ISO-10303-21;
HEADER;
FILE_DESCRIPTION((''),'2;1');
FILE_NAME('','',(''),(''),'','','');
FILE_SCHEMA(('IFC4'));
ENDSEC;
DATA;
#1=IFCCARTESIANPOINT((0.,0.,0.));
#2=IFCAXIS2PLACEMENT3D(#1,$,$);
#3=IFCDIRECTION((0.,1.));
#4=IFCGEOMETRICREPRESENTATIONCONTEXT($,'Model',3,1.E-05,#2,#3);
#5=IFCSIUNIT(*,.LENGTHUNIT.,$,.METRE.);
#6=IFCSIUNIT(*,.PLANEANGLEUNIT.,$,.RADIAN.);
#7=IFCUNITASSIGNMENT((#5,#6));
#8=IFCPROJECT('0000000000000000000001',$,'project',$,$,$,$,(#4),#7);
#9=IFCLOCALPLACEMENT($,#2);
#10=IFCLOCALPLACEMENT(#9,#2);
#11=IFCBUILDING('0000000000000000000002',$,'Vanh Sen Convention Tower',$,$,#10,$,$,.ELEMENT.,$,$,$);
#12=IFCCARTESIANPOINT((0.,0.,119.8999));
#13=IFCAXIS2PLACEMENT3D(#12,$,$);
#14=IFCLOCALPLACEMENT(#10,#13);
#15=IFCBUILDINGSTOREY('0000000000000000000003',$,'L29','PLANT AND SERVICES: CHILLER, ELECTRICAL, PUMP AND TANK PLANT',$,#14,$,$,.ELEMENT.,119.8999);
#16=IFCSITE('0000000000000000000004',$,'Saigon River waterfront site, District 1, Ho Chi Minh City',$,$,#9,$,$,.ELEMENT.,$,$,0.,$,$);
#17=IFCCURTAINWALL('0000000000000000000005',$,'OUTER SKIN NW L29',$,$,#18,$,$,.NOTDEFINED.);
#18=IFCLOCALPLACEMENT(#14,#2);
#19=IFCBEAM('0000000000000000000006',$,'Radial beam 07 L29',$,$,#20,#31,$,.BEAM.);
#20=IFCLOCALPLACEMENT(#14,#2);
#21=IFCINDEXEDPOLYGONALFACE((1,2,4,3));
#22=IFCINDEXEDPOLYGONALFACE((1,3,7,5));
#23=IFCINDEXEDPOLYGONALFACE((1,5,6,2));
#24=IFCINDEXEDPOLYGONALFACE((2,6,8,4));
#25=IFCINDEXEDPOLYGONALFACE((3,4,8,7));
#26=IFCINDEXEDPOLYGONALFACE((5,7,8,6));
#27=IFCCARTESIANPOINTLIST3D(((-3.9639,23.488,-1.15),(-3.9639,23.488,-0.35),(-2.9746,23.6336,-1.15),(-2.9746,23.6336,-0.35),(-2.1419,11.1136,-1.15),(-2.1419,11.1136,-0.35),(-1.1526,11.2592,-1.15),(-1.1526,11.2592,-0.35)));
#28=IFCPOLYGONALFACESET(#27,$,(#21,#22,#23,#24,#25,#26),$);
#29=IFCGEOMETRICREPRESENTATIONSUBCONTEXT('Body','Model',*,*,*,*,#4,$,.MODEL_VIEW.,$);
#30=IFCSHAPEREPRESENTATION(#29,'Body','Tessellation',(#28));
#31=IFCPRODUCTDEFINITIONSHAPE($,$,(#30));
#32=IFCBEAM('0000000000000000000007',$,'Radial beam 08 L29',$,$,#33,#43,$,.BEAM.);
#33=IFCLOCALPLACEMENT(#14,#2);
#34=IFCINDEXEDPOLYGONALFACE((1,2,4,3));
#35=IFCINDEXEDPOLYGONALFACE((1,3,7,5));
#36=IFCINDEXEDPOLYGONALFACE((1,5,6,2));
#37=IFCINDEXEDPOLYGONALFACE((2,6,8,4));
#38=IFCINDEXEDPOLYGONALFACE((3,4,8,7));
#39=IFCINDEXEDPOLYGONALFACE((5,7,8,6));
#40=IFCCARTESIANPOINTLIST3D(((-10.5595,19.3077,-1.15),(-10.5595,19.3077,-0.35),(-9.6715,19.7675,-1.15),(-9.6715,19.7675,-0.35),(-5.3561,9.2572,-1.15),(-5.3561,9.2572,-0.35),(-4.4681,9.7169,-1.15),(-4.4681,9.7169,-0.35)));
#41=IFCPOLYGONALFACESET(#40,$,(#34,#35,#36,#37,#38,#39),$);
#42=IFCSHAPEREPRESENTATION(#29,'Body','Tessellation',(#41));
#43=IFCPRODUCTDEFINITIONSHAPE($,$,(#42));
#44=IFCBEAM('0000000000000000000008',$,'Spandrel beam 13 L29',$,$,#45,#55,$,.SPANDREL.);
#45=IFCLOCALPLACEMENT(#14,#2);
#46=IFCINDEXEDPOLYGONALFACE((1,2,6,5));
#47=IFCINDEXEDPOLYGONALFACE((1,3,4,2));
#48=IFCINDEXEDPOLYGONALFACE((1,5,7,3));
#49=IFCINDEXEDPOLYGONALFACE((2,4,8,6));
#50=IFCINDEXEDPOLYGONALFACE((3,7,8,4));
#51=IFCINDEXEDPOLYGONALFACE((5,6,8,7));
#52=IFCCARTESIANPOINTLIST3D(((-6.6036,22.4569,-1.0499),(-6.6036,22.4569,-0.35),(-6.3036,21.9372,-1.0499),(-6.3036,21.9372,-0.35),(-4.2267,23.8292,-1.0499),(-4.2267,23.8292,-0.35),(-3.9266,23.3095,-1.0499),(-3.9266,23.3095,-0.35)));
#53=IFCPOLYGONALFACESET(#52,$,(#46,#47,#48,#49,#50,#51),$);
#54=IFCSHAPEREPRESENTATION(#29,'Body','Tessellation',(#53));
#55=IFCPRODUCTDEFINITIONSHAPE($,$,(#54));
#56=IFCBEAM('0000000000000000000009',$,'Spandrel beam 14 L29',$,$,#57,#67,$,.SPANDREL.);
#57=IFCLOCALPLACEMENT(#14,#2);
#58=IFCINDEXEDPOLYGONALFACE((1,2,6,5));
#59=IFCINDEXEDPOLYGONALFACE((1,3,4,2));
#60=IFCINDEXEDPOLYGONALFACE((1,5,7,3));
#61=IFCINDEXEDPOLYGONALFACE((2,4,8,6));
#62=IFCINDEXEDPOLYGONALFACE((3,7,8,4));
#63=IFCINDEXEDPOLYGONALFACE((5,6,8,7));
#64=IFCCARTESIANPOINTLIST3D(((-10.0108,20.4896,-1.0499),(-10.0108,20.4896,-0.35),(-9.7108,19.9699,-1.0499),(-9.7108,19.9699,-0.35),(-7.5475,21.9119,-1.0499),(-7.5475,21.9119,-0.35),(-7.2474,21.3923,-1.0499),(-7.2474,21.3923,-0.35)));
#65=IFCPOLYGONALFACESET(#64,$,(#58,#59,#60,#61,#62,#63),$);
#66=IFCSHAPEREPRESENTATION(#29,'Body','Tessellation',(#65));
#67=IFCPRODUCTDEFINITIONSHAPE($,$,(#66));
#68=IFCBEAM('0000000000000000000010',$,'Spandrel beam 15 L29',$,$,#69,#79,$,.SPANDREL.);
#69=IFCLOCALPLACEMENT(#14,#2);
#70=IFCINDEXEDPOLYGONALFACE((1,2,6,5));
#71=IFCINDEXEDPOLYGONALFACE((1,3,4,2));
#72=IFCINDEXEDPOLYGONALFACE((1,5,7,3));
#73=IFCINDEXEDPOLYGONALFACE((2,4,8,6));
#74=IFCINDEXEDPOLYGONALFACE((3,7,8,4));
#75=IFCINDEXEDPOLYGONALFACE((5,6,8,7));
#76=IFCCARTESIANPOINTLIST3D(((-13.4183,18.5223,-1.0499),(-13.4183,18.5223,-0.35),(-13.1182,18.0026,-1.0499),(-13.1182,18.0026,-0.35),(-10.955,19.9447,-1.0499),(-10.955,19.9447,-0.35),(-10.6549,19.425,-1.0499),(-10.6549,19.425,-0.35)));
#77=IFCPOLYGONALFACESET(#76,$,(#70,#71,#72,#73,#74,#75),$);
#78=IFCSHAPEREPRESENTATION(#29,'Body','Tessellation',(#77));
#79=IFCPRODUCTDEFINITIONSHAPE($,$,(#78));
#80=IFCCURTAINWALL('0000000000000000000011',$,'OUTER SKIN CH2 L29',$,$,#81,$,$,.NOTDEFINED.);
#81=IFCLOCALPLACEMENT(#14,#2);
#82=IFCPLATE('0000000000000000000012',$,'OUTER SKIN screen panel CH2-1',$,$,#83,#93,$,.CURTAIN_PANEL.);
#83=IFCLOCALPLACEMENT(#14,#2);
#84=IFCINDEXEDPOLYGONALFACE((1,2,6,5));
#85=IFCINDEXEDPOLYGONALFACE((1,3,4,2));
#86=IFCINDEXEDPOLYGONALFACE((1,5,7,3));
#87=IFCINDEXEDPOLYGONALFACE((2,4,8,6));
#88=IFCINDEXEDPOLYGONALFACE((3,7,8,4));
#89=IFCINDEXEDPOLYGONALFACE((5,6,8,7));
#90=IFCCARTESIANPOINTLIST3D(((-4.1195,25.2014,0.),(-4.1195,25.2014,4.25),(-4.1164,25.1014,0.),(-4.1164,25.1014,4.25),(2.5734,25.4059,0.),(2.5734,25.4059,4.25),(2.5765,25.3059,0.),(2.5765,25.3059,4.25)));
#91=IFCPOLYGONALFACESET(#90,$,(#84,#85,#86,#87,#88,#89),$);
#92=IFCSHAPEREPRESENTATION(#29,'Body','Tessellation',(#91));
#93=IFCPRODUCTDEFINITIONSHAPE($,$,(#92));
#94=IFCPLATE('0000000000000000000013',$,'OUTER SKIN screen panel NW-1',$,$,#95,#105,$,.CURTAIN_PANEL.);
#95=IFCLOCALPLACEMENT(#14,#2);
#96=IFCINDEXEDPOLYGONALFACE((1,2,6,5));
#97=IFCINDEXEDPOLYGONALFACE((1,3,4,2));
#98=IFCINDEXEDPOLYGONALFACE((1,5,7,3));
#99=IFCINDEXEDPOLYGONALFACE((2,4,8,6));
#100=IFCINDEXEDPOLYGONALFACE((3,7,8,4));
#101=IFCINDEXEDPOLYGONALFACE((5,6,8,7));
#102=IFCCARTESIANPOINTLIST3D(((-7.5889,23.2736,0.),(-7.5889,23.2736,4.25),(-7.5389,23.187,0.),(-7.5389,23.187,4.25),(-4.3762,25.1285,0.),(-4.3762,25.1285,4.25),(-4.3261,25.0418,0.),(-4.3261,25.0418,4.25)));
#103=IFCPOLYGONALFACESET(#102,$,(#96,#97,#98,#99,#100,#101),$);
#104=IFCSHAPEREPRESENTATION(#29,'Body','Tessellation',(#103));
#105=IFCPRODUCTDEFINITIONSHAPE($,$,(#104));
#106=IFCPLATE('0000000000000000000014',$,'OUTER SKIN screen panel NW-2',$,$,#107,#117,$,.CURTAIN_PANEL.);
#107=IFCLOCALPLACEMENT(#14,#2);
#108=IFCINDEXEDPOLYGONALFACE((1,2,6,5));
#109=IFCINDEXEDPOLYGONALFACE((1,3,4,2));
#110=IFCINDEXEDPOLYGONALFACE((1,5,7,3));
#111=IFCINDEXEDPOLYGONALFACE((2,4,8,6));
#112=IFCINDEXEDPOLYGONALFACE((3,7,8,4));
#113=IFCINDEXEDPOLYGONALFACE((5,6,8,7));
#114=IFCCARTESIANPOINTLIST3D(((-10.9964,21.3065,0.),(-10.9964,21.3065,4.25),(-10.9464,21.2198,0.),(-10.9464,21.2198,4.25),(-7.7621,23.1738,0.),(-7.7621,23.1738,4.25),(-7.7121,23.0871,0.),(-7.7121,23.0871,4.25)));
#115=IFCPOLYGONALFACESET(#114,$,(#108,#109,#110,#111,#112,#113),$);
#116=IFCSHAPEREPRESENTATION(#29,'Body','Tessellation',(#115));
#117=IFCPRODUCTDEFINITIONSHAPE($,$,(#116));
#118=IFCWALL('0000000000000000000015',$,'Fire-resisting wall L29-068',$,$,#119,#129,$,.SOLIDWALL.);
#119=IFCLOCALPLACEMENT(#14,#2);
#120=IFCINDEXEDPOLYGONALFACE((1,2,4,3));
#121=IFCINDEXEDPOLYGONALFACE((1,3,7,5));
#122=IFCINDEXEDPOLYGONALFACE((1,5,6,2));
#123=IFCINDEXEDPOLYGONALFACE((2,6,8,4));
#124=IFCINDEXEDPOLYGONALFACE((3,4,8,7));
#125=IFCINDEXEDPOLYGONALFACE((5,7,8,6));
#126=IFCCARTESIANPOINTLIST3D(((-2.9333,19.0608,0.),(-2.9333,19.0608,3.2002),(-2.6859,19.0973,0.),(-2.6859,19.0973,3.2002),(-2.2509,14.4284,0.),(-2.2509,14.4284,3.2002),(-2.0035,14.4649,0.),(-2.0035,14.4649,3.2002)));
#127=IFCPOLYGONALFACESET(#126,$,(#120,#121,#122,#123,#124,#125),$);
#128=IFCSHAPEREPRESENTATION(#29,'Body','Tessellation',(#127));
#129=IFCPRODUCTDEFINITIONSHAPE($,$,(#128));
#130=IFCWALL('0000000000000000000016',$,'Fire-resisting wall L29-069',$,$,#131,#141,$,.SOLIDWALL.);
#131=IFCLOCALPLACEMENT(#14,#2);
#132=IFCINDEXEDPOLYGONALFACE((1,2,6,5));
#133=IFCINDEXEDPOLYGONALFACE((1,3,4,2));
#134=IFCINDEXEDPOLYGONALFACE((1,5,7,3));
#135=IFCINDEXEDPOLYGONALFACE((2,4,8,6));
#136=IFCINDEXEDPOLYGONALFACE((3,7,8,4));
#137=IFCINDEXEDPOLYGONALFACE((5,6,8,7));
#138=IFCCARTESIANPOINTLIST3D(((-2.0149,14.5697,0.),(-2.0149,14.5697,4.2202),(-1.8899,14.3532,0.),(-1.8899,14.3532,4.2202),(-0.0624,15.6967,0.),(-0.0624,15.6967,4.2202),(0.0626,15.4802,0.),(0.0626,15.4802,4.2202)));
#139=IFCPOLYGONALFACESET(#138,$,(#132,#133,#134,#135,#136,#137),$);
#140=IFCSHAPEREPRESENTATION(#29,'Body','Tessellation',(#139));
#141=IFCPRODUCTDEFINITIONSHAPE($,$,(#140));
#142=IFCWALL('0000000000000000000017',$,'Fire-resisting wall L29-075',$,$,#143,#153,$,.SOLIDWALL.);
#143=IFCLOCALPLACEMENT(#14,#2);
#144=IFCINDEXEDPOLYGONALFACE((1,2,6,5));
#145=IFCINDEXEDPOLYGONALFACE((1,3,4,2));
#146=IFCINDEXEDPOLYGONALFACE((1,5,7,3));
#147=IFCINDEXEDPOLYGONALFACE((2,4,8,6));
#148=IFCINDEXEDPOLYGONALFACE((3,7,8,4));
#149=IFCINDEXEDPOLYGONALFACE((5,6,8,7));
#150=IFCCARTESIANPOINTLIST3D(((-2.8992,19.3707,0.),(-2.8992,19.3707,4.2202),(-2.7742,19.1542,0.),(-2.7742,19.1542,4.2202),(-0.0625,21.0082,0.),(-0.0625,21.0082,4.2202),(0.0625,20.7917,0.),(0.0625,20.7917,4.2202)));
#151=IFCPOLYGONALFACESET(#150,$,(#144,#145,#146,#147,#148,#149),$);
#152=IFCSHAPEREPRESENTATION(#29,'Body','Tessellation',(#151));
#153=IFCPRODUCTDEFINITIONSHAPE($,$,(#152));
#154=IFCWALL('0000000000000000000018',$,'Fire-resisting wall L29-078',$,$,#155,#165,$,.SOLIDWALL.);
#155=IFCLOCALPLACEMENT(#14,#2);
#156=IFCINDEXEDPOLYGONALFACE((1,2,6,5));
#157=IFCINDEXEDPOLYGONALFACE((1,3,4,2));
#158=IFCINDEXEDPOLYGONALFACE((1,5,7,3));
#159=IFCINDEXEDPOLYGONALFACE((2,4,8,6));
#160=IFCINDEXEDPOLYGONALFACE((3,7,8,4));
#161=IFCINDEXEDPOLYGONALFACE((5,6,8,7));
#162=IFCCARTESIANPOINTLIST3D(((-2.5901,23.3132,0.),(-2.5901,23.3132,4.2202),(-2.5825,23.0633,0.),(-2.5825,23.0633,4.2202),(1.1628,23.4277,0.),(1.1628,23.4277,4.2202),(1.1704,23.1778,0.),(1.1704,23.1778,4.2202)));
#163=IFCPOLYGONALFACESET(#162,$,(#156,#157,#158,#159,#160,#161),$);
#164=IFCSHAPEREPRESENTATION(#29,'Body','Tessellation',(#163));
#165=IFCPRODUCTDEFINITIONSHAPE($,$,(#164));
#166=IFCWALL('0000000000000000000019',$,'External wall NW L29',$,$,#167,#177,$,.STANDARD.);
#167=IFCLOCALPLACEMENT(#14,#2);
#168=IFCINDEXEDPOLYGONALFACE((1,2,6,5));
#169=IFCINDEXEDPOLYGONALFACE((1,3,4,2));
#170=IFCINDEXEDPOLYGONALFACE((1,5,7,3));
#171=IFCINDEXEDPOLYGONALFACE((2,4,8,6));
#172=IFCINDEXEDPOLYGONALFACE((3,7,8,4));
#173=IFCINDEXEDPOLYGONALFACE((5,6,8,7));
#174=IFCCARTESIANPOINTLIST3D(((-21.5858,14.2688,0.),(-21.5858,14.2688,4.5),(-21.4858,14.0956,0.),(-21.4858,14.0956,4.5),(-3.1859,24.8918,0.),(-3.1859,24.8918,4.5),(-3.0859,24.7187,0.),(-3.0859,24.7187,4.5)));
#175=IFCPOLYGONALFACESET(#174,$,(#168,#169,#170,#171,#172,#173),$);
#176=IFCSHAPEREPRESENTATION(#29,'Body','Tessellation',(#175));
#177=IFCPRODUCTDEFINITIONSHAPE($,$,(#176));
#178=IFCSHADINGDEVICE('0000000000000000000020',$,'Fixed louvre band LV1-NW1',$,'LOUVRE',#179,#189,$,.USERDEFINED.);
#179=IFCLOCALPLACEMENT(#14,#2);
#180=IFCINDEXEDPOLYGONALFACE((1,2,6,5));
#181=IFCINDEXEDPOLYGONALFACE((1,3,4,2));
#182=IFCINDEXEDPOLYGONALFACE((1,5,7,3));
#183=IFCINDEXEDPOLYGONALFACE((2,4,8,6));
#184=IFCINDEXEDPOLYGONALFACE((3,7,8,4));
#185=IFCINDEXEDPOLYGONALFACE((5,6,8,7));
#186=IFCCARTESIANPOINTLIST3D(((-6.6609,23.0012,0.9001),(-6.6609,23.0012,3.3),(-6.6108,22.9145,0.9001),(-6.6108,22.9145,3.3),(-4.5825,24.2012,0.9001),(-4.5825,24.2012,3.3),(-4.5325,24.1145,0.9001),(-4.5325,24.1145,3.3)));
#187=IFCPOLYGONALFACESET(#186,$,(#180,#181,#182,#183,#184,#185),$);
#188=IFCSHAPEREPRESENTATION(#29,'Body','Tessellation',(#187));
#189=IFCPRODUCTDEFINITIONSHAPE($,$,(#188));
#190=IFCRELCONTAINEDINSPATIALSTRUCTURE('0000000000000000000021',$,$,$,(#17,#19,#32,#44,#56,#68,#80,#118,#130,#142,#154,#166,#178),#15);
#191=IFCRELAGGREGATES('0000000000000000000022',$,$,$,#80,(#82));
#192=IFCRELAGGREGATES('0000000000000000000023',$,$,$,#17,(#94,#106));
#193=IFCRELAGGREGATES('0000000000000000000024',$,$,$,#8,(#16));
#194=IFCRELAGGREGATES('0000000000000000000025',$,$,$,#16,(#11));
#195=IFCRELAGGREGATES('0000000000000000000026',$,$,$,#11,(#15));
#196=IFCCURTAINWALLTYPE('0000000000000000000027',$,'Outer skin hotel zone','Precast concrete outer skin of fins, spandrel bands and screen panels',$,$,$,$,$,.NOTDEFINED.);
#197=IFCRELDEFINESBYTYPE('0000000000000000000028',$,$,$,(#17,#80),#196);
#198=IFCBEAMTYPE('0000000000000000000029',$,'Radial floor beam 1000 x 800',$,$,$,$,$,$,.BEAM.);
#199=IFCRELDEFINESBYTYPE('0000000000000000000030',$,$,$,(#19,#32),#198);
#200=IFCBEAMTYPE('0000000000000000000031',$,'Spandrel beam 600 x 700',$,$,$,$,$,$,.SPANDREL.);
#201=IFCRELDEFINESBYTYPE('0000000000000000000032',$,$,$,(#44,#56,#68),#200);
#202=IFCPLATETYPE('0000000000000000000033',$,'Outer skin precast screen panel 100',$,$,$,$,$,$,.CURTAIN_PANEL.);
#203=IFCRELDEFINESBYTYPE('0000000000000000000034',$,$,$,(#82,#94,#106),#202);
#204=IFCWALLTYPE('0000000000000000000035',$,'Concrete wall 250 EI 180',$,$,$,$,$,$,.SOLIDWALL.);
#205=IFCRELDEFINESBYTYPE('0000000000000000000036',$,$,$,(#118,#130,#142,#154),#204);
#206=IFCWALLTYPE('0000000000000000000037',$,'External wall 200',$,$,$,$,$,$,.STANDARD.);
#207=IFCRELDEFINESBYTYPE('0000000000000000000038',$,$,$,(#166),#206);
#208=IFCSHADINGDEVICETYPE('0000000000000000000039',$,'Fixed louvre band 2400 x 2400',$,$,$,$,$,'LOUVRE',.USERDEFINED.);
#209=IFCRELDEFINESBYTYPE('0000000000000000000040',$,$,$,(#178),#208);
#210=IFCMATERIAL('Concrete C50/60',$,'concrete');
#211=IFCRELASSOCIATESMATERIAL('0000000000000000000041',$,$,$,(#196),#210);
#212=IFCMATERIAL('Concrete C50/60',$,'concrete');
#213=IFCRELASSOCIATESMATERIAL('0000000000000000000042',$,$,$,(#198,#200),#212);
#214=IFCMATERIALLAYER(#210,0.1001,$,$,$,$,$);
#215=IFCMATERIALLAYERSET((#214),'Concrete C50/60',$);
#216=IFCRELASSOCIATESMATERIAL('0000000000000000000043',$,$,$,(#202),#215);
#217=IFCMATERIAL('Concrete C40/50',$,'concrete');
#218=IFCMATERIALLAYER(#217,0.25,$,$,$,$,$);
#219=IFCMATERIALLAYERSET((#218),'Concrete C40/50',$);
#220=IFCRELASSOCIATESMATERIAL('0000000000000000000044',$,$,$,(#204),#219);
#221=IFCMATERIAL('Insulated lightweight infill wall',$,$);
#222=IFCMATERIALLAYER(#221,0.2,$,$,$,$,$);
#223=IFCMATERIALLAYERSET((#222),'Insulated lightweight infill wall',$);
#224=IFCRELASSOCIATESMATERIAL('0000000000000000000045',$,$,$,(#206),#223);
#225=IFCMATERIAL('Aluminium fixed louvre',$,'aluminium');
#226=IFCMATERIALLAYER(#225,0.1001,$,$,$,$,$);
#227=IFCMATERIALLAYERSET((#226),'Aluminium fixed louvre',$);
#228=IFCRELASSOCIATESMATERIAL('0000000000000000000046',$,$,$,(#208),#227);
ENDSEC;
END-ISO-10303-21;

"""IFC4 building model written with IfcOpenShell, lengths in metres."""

from ifc_helpers import new_model, si_unit, direction, frame, frame_2d, origin, origin_2d, place, context, subcontext, project, spatial, rectangle, extrude, material, layer, layer_set, material_profile, profile_set, type_object, element, aggregate, save


model = new_model("IFC4")

# Units and contexts
model_context = context("Model", 3, precision=1e-05, world=origin(), true_north=direction((0.0, 1.0)))
body_context = subcontext(model_context, "Body", "Model", "MODEL_VIEW")
ifc_project = project(units=[si_unit("LENGTHUNIT", "METRE"), si_unit("PLANEANGLEUNIT", "RADIAN")], contexts=[model_context])

# Site, building, storey
site_placement = place(None, origin())
site = spatial("IfcSite", under=ifc_project, at=site_placement, Name="Saigon River waterfront site, District 1, Ho Chi Minh City", CompositionType="ELEMENT", RefElevation=0.0)
building_placement = place(site_placement, origin())
building = spatial("IfcBuilding", under=site, at=building_placement, Name="Vanh Sen Convention Tower", CompositionType="ELEMENT")
storey_placement = place(building_placement, frame((0.0, 0.0, 119.8999)))
storey = spatial("IfcBuildingStorey", under=building, at=storey_placement, Name="L29", Description="PLANT AND SERVICES: CHILLER, ELECTRICAL, PUMP AND TANK PLANT", CompositionType="ELEMENT", Elevation=119.8999)

# Curtain wall
ifc_material_1 = material(Name="Concrete C50/60", Category="concrete")
curtain_wall_type = type_object("IfcCurtainWallType", Name="Outer skin hotel zone", Description="Precast concrete outer skin of fins, spandrel bands and screen panels", PredefinedType="NOTDEFINED", material=ifc_material_1)
curtain_wall_1_placement = place(storey_placement, origin())
curtain_wall_1 = element("IfcCurtainWall", 1, at=curtain_wall_1_placement, inside=storey, type_object=curtain_wall_type, Name="OUTER SKIN NW L29", PredefinedType="NOTDEFINED")

# Beams
ifc_material_2 = material(Name="Concrete C50/60", Category="concrete")
ifc_material_profile_1 = material_profile(ifc_material_2, rectangle(XDim=1.0, YDim=0.8, at=origin_2d()), Name="RC 1000X800")
ifc_profile_set_1 = profile_set([ifc_material_profile_1], Name="Concrete C50/60")
beam_type_1 = type_object("IfcBeamType", Name="Radial floor beam 1000 x 800", PredefinedType="BEAM", material=ifc_profile_set_1)
beam_1_placement = place(storey_placement, frame((-3.4692, 23.5608, -0.75), z_axis=(0.145669, -0.989333, 0.0), x_axis=(0.989333, 0.145669, 0.0)))
element("IfcBeam", 2, at=beam_1_placement, inside=storey, type_object=beam_type_1, Name="Radial beam 07 L29", PredefinedType="BEAM", context=body_context, shape_type="SweptSolid", body=[
    extrude(rectangle(XDim=1.0, YDim=0.8, at=origin_2d()), origin(), (0.0, 0.0, 1.0), 12.5078),
])
beam_2_placement = place(storey_placement, frame((-10.1155, 19.5376, -0.75), z_axis=(0.459759, -0.888044, 0.0), x_axis=(0.888044, 0.459759, 0.0)))
element("IfcBeam", 3, at=beam_2_placement, inside=storey, type_object=beam_type_1, Name="Radial beam 08 L29", PredefinedType="BEAM", context=body_context, shape_type="SweptSolid", body=[
    extrude(rectangle(XDim=1.0, YDim=0.8, at=origin_2d()), origin(), (0.0, 0.0, 1.0), 11.3176),
])
ifc_material_profile_2 = material_profile(ifc_material_2, rectangle(XDim=0.6001, YDim=0.7, at=origin_2d()), Name="RC 600X700")
ifc_profile_set_2 = profile_set([ifc_material_profile_2], Name="Concrete C50/60")
beam_type_2 = type_object("IfcBeamType", Name="Spandrel beam 600 x 700", PredefinedType="SPANDREL", material=ifc_profile_set_2)
beam_3_placement = place(storey_placement, frame((-4.0767, 23.5693, -0.7), z_axis=(-0.866029, -0.499995, 0.0), x_axis=(0.499995, -0.866029, 0.0)))
element("IfcBeam", 4, at=beam_3_placement, inside=storey, type_object=beam_type_2, Name="Spandrel beam 13 L29", PredefinedType="SPANDREL", context=body_context, shape_type="SweptSolid", body=[
    extrude(rectangle(XDim=0.6001, YDim=0.7, at=origin_2d()), origin(), (0.0, 0.0, 1.0), 2.7446),
])
for number, where, z_axis, x_axis, name in (
    (5, (-7.3975, 21.6521, -0.7), (-0.866005, -0.500034, 0.0), (0.500034, -0.866005, 0.0), "Spandrel beam 14 L29"),
    (6, (-10.8049, 19.6848, -0.7), (-0.866005, -0.500034, 0.0), (0.500034, -0.866005, 0.0), "Spandrel beam 15 L29"),
):
    element("IfcBeam", number, at=place(storey_placement, frame(where, z_axis=z_axis, x_axis=x_axis)), inside=storey, type_object=beam_type_2, Name=name, PredefinedType="SPANDREL", context=body_context, shape_type="SweptSolid", body=[
        extrude(rectangle(XDim=0.6001, YDim=0.7, at=origin_2d()), origin(), (0.0, 0.0, 1.0), 2.8445),
    ])

# Curtain wall, plate
curtain_wall_2_placement = place(storey_placement, origin())
curtain_wall_2 = element("IfcCurtainWall", 7, at=curtain_wall_2_placement, inside=storey, type_object=curtain_wall_type, Name="OUTER SKIN CH2 L29", PredefinedType="NOTDEFINED")
ifc_layer_1 = layer(ifc_material_1, 0.1001)
ifc_layer_set_1 = layer_set([ifc_layer_1], Name="Concrete C50/60")
plate_type = type_object("IfcPlateType", Name="Outer skin precast screen panel 100", PredefinedType="CURTAIN_PANEL", material=ifc_layer_set_1)
plate_1_placement = place(storey_placement, frame((-0.7715, 25.2537, 0.0), z_axis=(0.0, 0.0, 1.0), x_axis=(-0.999534, -0.030537, 0.0)))
plate_1 = element("IfcPlate", 8, at=plate_1_placement, type_object=plate_type, Name="OUTER SKIN screen panel CH2-1", PredefinedType="CURTAIN_PANEL", context=body_context, shape_type="SweptSolid", body=[
    extrude(rectangle(XDim=6.696, YDim=0.1001, at=origin_2d()), origin(), (0.0, 0.0, 1.0), 4.25),
])
aggregate(curtain_wall_2, [plate_1])

# Plates
plate_2_placement = place(storey_placement, frame((-5.9575, 24.1577, 0.0), z_axis=(0.0, 0.0, 1.0), x_axis=(-0.866028, -0.499995, 0.0)))
plate_2 = element("IfcPlate", 9, at=plate_2_placement, type_object=plate_type, Name="OUTER SKIN screen panel NW-1", PredefinedType="CURTAIN_PANEL", context=body_context, shape_type="SweptSolid", body=[
    extrude(rectangle(XDim=3.7097, YDim=0.1001, at=origin_2d()), origin(), (0.0, 0.0, 1.0), 4.25),
])
plate_3_placement = place(storey_placement, frame((-9.3542, 22.1968, 0.0), z_axis=(0.0, 0.0, 1.0), x_axis=(-0.866021, -0.500008, 0.0)))
plate_3 = element("IfcPlate", 10, at=plate_3_placement, type_object=plate_type, Name="OUTER SKIN screen panel NW-2", PredefinedType="CURTAIN_PANEL", context=body_context, shape_type="SweptSolid", body=[
    extrude(rectangle(XDim=3.7346, YDim=0.1001, at=origin_2d()), origin(), (0.0, 0.0, 1.0), 4.25),
])
aggregate(curtain_wall_1, [plate_2, plate_3])

# Walls
ifc_material_3 = material(Name="Concrete C40/50", Category="concrete")
ifc_layer_2 = layer(ifc_material_3, 0.25)
ifc_layer_set_2 = layer_set([ifc_layer_2], Name="Concrete C40/50")
wall_type_1 = type_object("IfcWallType", Name="Concrete wall 250 EI 180", PredefinedType="SOLIDWALL", material=ifc_layer_set_2)
wall_1_placement = place(storey_placement, frame((-2.1272, 14.4465, 0.0), z_axis=(0.0, 0.0, 1.0), x_axis=(-0.145734, 0.989324, 0.0)))
element("IfcWall", 11, at=wall_1_placement, inside=storey, type_object=wall_type_1, Name="Fire-resisting wall L29-068", PredefinedType="SOLIDWALL", context=body_context, shape_type="SweptSolid", body=[
    extrude(rectangle(XDim=4.6824, YDim=0.25, at=frame_2d((2.3413, 0.0))), origin(), (0.0, 0.0, 1.0), 3.2002),
])
wall_2_placement = place(storey_placement, frame((-1.9524, 14.4614, 0.0), z_axis=(0.0, 0.0, 1.0), x_axis=(0.866076, 0.499913, 0.0)))
element("IfcWall", 12, at=wall_2_placement, inside=storey, type_object=wall_type_1, Name="Fire-resisting wall L29-069", PredefinedType="SOLIDWALL", context=body_context, shape_type="SweptSolid", body=[
    extrude(rectangle(XDim=2.2544, YDim=0.25, at=frame_2d((1.1272, 0.0))), origin(), (0.0, 0.0, 1.0), 4.2202),
])
wall_3_placement = place(storey_placement, frame((-2.8367, 19.2625, 0.0), z_axis=(0.0, 0.0, 1.0), x_axis=(0.866065, 0.499931, 0.0)))
element("IfcWall", 13, at=wall_3_placement, inside=storey, type_object=wall_type_1, Name="Fire-resisting wall L29-075", PredefinedType="SOLIDWALL", context=body_context, shape_type="SweptSolid", body=[
    extrude(rectangle(XDim=3.2754, YDim=0.25, at=frame_2d((1.6377, 0.0))), origin(), (0.0, 0.0, 1.0), 4.2202),
])
wall_4_placement = place(storey_placement, frame((-2.5864, 23.1882, 0.0), z_axis=(0.0, 0.0, 1.0), x_axis=(0.999535, 0.030496, 0.0)))
element("IfcWall", 14, at=wall_4_placement, inside=storey, type_object=wall_type_1, Name="Fire-resisting wall L29-078", PredefinedType="SOLIDWALL", context=body_context, shape_type="SweptSolid", body=[
    extrude(rectangle(XDim=3.7546, YDim=0.25, at=frame_2d((1.8774, 0.0))), origin(), (0.0, 0.0, 1.0), 4.2202),
])
ifc_material_4 = material(Name="Insulated lightweight infill wall")
ifc_layer_3 = layer(ifc_material_4, 0.2)
ifc_layer_set_3 = layer_set([ifc_layer_3], Name="Insulated lightweight infill wall")
wall_type_2 = type_object("IfcWallType", Name="External wall 200", PredefinedType="STANDARD", material=ifc_layer_set_3)
wall_5_placement = place(storey_placement, frame((-3.136, 24.8052, 0.0), z_axis=(0.0, 0.0, 1.0), x_axis=(-0.866028, -0.499995, 0.0)))
element("IfcWall", 15, at=wall_5_placement, inside=storey, type_object=wall_type_2, Name="External wall NW L29", PredefinedType="STANDARD", context=body_context, shape_type="SweptSolid", body=[
    extrude(rectangle(XDim=21.2463, YDim=0.2, at=frame_2d((10.623, 0.0))), origin(), (0.0, 0.0, 1.0), 4.5),
])

# Shading device
ifc_material_5 = material(Name="Aluminium fixed louvre", Category="aluminium")
ifc_layer_4 = layer(ifc_material_5, 0.1001)
ifc_layer_set_4 = layer_set([ifc_layer_4], Name="Aluminium fixed louvre")
shading_device_type_1 = type_object("IfcShadingDeviceType", Name="Fixed louvre band 2400 x 2400", ElementType="LOUVRE", PredefinedType="USERDEFINED", material=ifc_layer_set_4)
for number, where, z_axis, x_axis, name in (
    (16, (-5.5967, 23.5579, 0.9001), (0.0, 0.0, 1.0), (-0.866025, -0.500002, 0.0), "Fixed louvre band LV1-NW1"),
):
    element("IfcShadingDevice", number, at=place(storey_placement, frame(where, z_axis=z_axis, x_axis=x_axis)), inside=storey, type_object=shading_device_type_1, Name=name, ObjectType="LOUVRE", PredefinedType="USERDEFINED", context=body_context, shape_type="SweptSolid", body=[
        extrude(rectangle(XDim=2.3999, YDim=0.1001, at=origin_2d()), origin(), (0.0, 0.0, 1.0), 2.3999),
    ])

save(model, "model.ifc")
